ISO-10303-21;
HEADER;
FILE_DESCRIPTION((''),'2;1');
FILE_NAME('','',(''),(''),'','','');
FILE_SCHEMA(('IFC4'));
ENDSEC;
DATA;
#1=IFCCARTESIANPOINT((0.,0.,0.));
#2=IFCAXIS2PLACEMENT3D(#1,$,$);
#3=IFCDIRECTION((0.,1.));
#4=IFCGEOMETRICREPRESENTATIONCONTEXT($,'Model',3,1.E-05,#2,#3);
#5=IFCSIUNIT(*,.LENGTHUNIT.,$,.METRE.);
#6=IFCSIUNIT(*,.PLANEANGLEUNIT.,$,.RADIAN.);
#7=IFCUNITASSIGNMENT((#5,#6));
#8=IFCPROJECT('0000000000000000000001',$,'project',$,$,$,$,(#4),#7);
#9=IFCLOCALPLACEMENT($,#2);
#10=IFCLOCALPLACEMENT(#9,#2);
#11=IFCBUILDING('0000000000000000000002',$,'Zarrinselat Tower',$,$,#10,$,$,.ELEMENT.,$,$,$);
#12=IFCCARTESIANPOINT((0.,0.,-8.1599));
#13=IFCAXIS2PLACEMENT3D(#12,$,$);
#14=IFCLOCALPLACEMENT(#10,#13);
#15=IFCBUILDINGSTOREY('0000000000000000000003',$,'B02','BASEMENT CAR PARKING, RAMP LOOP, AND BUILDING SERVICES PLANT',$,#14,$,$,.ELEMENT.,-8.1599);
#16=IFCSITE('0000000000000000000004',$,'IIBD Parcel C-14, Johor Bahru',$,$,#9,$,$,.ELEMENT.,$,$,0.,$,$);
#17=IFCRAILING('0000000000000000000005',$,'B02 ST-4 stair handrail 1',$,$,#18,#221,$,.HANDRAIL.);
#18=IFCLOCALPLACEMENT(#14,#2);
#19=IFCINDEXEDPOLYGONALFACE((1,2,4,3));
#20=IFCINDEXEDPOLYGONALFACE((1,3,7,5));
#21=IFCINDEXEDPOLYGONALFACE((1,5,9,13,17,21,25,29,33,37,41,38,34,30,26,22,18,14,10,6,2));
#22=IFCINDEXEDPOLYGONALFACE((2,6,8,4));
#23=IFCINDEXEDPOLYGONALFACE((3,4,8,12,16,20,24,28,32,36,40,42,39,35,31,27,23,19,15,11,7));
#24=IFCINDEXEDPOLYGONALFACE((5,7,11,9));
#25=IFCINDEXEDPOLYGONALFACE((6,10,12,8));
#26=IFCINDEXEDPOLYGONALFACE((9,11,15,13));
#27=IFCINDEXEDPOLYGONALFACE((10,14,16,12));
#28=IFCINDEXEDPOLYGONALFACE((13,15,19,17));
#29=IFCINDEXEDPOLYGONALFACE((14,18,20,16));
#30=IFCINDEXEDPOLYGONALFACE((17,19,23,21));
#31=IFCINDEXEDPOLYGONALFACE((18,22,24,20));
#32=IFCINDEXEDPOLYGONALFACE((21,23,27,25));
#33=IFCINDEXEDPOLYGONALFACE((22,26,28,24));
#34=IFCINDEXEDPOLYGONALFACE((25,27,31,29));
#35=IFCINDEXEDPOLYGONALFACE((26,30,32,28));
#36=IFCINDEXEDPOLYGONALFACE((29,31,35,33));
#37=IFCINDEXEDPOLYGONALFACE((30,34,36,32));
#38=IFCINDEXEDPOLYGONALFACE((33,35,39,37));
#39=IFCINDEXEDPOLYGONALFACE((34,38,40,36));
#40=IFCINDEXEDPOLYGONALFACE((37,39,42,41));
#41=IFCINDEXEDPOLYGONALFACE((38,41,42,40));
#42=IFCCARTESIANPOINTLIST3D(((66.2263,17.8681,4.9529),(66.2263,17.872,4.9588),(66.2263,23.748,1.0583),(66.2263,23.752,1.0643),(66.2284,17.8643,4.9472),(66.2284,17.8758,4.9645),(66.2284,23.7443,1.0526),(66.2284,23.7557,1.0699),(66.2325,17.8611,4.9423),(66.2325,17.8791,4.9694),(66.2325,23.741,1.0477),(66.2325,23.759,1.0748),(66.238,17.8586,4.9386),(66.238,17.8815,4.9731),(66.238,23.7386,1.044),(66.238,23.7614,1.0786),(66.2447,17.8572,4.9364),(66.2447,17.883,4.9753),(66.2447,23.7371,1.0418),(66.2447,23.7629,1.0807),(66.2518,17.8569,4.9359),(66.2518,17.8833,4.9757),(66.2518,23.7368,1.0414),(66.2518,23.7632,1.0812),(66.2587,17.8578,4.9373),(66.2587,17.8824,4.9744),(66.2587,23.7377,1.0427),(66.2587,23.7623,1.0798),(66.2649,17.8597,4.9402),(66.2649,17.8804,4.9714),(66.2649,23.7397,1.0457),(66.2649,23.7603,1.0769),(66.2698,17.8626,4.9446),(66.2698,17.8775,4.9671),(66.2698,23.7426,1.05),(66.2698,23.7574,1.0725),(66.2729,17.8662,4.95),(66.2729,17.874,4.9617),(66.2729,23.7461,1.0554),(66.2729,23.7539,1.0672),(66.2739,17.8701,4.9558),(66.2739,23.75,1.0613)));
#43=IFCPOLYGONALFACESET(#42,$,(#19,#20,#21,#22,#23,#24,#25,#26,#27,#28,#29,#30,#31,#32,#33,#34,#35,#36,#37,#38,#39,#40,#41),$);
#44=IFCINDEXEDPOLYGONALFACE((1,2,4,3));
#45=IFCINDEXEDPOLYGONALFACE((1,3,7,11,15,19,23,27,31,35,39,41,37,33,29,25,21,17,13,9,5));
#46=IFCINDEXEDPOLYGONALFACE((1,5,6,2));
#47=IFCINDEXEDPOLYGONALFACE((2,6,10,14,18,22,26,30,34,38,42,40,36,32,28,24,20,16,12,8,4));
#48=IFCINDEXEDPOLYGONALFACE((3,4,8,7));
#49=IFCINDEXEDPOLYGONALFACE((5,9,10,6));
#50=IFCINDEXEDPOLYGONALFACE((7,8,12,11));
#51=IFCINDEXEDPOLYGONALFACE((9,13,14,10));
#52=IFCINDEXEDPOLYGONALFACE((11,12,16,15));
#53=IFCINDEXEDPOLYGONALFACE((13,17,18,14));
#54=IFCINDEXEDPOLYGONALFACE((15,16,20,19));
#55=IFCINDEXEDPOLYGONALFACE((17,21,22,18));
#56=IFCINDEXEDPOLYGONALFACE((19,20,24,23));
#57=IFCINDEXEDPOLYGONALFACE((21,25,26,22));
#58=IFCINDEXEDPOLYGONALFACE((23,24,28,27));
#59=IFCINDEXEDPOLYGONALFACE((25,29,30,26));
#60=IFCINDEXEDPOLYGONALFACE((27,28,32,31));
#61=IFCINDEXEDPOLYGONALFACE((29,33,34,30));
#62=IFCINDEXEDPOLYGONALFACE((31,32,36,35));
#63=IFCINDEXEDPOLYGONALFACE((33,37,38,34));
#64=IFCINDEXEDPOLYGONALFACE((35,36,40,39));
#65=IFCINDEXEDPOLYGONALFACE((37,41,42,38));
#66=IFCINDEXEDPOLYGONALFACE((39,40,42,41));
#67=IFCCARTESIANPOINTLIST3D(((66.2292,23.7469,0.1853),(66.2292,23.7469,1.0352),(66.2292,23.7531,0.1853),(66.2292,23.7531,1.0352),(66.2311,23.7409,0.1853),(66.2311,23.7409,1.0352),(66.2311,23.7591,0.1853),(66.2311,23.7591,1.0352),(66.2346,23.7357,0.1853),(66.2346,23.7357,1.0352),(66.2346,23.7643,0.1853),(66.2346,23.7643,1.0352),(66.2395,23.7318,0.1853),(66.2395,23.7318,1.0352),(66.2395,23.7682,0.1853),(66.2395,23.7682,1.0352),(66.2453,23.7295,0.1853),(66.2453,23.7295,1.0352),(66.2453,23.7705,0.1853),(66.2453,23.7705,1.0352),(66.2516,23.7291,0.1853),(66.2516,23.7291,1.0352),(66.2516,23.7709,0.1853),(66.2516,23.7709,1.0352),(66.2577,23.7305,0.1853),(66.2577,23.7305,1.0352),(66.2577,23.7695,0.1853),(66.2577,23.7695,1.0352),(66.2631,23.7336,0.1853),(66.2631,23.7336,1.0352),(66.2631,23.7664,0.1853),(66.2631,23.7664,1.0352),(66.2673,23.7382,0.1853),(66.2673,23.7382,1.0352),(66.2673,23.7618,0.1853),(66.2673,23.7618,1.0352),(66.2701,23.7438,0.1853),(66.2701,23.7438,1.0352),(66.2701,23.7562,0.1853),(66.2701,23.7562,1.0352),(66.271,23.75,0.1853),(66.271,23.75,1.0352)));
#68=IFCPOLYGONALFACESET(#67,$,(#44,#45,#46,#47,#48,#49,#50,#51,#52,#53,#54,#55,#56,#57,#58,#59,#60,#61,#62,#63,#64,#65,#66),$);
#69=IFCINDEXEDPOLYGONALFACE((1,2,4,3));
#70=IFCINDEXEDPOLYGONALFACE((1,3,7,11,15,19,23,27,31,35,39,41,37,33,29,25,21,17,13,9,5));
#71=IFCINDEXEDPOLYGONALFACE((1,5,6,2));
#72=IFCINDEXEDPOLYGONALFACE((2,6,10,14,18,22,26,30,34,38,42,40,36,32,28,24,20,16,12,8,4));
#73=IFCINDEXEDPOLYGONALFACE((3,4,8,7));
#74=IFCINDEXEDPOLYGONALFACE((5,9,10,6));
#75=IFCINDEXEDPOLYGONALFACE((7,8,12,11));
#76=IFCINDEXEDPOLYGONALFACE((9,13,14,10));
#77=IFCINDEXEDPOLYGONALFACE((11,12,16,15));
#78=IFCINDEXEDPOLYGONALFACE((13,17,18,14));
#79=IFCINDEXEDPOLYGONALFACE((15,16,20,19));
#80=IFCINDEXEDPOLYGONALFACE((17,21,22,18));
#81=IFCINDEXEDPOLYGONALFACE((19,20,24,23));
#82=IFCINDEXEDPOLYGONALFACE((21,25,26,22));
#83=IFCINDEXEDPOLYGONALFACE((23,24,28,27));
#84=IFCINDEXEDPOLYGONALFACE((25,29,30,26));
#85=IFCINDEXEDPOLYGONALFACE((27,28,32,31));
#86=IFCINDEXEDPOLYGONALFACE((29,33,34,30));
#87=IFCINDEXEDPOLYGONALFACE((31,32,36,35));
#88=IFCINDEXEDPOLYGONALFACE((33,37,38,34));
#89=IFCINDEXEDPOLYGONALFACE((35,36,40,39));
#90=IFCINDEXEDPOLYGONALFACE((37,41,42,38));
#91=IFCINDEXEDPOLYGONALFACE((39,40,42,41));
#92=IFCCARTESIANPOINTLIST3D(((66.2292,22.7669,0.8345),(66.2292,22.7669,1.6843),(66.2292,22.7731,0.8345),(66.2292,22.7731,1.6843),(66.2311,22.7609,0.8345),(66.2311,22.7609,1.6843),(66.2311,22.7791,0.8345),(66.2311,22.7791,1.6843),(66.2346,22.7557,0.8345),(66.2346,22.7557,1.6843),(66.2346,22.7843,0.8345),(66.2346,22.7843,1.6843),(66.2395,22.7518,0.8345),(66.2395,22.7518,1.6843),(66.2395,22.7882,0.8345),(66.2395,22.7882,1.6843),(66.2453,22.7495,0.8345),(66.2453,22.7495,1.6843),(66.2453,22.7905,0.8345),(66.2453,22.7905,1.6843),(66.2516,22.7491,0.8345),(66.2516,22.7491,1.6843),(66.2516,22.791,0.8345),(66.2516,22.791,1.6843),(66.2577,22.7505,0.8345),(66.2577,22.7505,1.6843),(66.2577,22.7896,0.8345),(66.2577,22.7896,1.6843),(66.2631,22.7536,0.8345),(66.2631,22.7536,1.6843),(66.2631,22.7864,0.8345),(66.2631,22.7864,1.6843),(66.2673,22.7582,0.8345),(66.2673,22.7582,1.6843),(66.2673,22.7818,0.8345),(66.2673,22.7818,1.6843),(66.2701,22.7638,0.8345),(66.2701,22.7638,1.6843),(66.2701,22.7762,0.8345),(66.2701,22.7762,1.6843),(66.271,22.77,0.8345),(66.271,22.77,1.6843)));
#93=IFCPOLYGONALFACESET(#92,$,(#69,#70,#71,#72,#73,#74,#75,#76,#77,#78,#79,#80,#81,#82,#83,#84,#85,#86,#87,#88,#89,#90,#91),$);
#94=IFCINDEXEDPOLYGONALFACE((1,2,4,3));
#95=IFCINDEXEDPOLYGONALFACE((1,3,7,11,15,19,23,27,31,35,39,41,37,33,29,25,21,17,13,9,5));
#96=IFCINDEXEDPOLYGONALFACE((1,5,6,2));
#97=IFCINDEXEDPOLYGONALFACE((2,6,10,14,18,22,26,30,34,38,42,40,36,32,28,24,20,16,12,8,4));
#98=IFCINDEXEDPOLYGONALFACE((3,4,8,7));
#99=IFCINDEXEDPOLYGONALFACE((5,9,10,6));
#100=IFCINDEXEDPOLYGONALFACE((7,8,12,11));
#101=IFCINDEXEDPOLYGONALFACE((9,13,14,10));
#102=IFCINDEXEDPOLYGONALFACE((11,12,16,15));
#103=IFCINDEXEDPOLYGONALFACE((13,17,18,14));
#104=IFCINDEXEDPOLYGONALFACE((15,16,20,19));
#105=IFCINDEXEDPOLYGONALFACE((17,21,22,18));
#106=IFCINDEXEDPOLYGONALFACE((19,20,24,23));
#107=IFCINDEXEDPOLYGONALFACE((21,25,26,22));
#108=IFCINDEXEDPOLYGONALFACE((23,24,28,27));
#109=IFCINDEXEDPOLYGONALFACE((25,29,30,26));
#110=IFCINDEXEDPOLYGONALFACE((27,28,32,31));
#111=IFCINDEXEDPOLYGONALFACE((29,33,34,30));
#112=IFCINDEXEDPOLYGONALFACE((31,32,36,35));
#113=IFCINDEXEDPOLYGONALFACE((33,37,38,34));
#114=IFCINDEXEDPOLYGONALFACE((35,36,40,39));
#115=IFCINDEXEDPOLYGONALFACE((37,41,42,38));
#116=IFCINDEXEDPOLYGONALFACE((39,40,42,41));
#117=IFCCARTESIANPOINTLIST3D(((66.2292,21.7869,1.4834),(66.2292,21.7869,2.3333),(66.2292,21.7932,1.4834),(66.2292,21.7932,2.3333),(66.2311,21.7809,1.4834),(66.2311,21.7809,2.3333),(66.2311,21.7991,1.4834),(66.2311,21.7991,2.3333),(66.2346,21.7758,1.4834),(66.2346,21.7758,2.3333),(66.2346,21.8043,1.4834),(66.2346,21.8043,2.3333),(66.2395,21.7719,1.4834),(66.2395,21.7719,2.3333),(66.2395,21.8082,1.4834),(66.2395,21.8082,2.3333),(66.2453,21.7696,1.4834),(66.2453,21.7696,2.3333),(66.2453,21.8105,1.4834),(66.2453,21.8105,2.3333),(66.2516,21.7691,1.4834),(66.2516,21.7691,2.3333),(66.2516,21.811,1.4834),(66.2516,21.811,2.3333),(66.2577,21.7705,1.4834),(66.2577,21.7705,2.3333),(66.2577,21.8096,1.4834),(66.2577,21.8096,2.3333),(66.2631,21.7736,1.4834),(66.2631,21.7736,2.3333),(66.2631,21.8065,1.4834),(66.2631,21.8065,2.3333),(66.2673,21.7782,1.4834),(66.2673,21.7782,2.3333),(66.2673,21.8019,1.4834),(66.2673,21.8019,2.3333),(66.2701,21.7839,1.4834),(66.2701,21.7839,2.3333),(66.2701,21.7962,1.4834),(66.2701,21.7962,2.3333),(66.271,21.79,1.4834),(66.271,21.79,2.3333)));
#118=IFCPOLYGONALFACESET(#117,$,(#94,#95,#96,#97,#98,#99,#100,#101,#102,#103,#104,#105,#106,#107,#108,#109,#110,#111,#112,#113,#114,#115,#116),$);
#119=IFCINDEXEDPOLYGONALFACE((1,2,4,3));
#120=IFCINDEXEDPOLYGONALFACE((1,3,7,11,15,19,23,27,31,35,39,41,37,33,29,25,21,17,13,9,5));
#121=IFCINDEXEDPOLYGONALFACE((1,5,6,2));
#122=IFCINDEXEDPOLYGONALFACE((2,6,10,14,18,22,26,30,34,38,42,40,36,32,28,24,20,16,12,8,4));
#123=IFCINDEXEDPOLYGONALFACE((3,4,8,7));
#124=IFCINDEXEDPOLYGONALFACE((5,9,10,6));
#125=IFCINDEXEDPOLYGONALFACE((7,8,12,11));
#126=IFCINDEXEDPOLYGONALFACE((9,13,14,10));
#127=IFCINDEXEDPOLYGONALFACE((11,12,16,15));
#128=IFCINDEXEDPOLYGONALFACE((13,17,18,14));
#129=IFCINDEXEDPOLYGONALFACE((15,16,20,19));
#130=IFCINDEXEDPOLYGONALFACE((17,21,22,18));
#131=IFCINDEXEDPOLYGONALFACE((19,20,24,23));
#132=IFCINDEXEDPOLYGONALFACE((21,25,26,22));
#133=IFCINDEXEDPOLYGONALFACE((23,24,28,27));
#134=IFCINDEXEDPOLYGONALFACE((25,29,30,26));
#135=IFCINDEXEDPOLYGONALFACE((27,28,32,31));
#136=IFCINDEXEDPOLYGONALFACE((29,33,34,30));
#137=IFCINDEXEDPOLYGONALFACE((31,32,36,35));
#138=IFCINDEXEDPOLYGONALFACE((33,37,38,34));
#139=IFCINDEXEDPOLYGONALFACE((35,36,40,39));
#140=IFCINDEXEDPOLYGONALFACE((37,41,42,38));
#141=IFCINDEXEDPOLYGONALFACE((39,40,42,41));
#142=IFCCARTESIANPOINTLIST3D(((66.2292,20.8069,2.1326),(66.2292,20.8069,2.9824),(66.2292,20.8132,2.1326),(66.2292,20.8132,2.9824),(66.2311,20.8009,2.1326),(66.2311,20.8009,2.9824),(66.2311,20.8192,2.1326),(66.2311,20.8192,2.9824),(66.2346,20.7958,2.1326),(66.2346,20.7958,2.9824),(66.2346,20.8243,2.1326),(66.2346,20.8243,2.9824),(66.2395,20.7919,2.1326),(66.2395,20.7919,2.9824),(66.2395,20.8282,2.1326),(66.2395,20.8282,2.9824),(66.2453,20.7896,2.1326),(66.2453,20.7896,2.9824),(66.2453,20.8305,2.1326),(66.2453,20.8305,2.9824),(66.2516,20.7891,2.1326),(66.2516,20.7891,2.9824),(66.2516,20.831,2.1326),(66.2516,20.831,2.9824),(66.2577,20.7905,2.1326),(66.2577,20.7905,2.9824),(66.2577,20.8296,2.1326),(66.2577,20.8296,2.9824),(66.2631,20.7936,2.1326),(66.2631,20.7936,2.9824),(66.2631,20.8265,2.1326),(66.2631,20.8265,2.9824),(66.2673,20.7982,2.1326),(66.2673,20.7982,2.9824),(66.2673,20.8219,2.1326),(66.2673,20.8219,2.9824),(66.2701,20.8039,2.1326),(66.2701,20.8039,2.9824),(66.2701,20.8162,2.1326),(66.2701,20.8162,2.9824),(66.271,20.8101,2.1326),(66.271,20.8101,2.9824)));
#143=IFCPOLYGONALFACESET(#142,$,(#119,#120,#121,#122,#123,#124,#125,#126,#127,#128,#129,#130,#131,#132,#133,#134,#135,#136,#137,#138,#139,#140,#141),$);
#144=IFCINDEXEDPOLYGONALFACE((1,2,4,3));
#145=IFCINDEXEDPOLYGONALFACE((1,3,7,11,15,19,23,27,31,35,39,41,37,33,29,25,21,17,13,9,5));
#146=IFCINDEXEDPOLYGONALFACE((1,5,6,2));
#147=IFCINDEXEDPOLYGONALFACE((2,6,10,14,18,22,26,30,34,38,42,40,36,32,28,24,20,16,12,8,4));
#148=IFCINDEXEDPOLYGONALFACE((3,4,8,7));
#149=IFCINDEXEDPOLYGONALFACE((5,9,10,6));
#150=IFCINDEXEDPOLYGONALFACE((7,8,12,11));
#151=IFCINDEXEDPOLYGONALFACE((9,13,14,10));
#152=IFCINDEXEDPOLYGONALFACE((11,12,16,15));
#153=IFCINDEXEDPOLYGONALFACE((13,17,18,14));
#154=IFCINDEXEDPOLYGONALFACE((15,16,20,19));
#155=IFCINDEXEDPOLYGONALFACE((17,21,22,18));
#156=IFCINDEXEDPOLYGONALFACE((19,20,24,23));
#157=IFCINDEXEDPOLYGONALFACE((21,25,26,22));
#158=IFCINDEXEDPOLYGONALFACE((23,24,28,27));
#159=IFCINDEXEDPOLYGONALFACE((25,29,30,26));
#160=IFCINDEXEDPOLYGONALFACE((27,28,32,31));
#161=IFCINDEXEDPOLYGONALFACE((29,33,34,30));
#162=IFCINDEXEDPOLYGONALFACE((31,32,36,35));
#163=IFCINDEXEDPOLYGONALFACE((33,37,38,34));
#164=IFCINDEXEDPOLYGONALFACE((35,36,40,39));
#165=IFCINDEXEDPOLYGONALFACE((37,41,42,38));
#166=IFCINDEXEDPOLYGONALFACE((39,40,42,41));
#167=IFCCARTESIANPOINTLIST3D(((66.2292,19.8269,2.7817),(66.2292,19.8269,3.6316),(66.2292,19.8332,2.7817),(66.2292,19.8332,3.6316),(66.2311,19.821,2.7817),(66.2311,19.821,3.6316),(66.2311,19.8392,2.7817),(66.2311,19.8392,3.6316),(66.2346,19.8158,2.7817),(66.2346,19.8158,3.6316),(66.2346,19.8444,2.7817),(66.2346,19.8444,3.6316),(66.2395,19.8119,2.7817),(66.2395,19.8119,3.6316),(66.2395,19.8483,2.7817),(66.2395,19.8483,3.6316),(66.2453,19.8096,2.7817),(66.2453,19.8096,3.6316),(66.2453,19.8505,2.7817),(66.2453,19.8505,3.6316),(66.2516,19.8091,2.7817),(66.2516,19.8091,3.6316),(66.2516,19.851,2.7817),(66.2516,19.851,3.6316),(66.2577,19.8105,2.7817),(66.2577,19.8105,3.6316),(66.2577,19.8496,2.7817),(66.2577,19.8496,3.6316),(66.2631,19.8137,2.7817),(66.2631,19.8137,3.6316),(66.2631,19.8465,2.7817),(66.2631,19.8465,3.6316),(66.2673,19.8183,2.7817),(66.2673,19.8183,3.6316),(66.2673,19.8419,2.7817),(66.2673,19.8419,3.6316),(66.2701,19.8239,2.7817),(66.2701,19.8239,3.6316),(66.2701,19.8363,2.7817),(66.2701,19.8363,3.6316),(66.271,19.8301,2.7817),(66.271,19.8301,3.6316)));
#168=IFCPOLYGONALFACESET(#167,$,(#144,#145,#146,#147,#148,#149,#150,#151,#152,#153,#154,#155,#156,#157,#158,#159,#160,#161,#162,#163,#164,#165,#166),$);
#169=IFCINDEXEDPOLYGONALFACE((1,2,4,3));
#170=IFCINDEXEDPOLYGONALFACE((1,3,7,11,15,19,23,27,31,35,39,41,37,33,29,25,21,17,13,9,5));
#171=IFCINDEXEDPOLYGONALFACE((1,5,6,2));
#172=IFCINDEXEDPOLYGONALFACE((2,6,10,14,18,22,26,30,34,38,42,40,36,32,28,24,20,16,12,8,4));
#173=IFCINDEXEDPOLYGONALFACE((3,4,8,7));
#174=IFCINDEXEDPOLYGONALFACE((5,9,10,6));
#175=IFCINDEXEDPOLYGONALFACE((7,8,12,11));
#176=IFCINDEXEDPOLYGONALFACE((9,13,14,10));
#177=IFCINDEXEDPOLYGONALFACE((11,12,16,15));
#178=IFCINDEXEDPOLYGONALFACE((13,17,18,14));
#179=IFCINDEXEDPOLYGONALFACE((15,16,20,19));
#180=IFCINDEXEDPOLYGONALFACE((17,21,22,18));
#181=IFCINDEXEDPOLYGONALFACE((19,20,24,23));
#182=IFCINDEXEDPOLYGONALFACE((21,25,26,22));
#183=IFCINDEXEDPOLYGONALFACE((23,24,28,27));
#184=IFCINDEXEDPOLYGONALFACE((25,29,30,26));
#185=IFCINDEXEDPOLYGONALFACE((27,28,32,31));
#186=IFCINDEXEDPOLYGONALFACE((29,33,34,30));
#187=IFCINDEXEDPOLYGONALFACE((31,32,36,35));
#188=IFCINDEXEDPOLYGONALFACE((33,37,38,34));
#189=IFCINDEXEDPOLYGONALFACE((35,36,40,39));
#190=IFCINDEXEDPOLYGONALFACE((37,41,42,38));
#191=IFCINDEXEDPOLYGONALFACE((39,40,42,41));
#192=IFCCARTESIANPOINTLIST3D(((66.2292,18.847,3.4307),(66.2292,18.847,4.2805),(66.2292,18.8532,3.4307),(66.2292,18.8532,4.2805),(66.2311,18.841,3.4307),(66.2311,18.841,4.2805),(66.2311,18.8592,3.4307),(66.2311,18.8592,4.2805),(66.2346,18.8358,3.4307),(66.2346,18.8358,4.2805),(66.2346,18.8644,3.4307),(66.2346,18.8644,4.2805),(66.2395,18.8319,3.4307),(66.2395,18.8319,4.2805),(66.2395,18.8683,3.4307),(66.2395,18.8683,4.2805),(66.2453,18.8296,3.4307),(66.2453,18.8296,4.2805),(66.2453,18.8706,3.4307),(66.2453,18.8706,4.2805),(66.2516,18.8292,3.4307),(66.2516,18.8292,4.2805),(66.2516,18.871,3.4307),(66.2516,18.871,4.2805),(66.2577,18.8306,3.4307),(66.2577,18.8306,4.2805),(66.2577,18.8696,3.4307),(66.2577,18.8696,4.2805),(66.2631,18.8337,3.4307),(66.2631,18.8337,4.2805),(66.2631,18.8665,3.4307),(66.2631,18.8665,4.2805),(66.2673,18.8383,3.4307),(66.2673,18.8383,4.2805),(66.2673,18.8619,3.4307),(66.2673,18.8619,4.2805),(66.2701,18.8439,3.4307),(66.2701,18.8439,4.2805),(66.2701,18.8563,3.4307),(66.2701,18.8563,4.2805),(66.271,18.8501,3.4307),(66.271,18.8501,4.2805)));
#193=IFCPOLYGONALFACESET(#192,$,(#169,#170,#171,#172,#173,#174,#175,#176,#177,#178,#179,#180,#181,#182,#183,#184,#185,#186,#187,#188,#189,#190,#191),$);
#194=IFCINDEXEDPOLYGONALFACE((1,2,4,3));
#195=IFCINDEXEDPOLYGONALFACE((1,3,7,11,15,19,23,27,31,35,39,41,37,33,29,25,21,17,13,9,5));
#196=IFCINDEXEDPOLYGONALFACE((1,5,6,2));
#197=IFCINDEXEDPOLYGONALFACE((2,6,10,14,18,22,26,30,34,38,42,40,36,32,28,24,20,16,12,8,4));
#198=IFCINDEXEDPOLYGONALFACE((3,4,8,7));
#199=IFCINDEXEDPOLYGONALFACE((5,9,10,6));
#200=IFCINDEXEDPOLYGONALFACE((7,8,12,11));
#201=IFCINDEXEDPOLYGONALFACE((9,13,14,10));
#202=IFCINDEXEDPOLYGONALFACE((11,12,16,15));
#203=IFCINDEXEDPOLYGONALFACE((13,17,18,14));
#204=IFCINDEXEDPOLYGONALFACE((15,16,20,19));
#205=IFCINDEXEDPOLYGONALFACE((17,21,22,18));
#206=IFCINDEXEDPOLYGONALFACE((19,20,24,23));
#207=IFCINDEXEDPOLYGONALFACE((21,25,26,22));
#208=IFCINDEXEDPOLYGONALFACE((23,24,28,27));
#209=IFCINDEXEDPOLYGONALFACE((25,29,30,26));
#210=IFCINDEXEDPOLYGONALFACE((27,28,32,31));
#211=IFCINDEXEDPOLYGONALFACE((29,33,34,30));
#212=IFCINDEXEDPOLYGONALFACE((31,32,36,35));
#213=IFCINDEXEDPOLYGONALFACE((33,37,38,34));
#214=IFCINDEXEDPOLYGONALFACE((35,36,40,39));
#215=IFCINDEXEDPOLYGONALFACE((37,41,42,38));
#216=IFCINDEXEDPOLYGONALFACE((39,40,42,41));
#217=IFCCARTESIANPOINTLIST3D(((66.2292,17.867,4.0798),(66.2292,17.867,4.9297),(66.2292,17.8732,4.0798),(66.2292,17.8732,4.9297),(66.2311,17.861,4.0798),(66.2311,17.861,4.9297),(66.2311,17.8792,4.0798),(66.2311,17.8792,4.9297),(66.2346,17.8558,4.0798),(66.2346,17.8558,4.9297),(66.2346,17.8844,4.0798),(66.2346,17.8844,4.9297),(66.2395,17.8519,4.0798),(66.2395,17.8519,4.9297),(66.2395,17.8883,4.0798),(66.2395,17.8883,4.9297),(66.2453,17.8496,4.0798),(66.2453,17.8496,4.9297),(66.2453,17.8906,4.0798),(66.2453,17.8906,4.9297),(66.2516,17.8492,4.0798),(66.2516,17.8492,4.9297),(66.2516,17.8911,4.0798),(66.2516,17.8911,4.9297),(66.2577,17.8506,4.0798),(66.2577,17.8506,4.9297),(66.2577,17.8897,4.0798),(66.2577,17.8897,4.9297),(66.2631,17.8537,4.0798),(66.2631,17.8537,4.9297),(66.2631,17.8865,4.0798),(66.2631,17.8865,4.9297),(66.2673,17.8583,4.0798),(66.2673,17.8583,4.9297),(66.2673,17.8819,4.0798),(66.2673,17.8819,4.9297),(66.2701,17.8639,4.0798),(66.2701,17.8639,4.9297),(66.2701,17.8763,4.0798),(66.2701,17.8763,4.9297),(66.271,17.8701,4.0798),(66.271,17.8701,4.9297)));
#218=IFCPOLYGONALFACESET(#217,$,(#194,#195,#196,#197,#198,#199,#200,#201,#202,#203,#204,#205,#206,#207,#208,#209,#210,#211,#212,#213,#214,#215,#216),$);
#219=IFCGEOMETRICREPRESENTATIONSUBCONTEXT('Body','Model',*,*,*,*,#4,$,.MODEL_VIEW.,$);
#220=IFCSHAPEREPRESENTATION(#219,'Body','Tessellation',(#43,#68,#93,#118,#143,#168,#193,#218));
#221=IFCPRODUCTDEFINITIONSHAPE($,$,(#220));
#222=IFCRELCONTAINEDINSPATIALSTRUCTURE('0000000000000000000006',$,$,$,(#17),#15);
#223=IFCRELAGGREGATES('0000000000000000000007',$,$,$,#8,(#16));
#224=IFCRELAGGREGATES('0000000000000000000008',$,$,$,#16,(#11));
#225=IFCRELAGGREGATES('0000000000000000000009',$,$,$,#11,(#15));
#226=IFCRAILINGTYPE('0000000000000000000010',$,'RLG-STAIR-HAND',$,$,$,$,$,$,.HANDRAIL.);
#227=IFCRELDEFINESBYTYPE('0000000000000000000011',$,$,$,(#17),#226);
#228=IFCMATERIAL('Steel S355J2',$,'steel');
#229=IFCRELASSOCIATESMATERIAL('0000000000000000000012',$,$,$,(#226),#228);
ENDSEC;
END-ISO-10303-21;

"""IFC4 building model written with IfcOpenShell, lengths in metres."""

from ifc_helpers import new_model, si_unit, direction, frame, origin, origin_2d, place, context, subcontext, project, spatial, circle, extrude, material, type_object, element, save


model = new_model("IFC4")

# Units and contexts
model_context = context("Model", 3, precision=1e-05, world=origin(), true_north=direction((0.0, 1.0)))
body_context = subcontext(model_context, "Body", "Model", "MODEL_VIEW")
ifc_project = project(units=[si_unit("LENGTHUNIT", "METRE"), si_unit("PLANEANGLEUNIT", "RADIAN")], contexts=[model_context])

# Site, building, storey
site_placement = place(None, origin())
site = spatial("IfcSite", under=ifc_project, at=site_placement, Name="IIBD Parcel C-14, Johor Bahru", CompositionType="ELEMENT", RefElevation=0.0)
building_placement = place(site_placement, origin())
building = spatial("IfcBuilding", under=site, at=building_placement, Name="Zarrinselat Tower", CompositionType="ELEMENT")
storey_placement = place(building_placement, frame((0.0, 0.0, -8.1599)))
storey = spatial("IfcBuildingStorey", under=building, at=storey_placement, Name="B02", Description="BASEMENT CAR PARKING, RAMP LOOP, AND BUILDING SERVICES PLANT", CompositionType="ELEMENT", Elevation=-8.1599)

# Railing
ifc_material_1 = material(Name="Steel S355J2", Category="steel")
railing_type = type_object("IfcRailingType", Name="RLG-STAIR-HAND", PredefinedType="HANDRAIL", material=ifc_material_1)
railing_placement = place(storey_placement, frame((66.25, 23.75, 0.1853)))
element("IfcRailing", 1, at=railing_placement, inside=storey, type_object=railing_type, Name="B02 ST-4 stair handrail 1", PredefinedType="HANDRAIL", context=body_context, shape_type="SweptSolid", body=[
    extrude(circle(Radius=0.0239, at=origin_2d()), frame((0.0, 0.0, 0.876), z_axis=(0.0, -0.833708, 0.552205), x_axis=(1.0, 0.0, 0.0)), (0.0, 0.0, 1.0), 7.0527),
    extrude(circle(Radius=0.021, at=origin_2d()), origin(), (0.0, 0.0, 1.0), 0.8499),
    extrude(circle(Radius=0.021, at=origin_2d()), frame((0.0, -0.98, 0.6492)), (0.0, 0.0, 1.0), 0.8499),
    extrude(circle(Radius=0.021, at=origin_2d()), frame((0.0, -1.96, 1.2981)), (0.0, 0.0, 1.0), 0.8499),
    extrude(circle(Radius=0.021, at=origin_2d()), frame((0.0, -2.9399, 1.9473)), (0.0, 0.0, 1.0), 0.8499),
    extrude(circle(Radius=0.021, at=origin_2d()), frame((0.0, -3.9199, 2.5964)), (0.0, 0.0, 1.0), 0.8499),
    extrude(circle(Radius=0.021, at=origin_2d()), frame((0.0, -4.8999, 3.2454)), (0.0, 0.0, 1.0), 0.8499),
    extrude(circle(Radius=0.021, at=origin_2d()), frame((0.0, -5.8799, 3.8945)), (0.0, 0.0, 1.0), 0.8499),
])

save(model, "model.ifc")
